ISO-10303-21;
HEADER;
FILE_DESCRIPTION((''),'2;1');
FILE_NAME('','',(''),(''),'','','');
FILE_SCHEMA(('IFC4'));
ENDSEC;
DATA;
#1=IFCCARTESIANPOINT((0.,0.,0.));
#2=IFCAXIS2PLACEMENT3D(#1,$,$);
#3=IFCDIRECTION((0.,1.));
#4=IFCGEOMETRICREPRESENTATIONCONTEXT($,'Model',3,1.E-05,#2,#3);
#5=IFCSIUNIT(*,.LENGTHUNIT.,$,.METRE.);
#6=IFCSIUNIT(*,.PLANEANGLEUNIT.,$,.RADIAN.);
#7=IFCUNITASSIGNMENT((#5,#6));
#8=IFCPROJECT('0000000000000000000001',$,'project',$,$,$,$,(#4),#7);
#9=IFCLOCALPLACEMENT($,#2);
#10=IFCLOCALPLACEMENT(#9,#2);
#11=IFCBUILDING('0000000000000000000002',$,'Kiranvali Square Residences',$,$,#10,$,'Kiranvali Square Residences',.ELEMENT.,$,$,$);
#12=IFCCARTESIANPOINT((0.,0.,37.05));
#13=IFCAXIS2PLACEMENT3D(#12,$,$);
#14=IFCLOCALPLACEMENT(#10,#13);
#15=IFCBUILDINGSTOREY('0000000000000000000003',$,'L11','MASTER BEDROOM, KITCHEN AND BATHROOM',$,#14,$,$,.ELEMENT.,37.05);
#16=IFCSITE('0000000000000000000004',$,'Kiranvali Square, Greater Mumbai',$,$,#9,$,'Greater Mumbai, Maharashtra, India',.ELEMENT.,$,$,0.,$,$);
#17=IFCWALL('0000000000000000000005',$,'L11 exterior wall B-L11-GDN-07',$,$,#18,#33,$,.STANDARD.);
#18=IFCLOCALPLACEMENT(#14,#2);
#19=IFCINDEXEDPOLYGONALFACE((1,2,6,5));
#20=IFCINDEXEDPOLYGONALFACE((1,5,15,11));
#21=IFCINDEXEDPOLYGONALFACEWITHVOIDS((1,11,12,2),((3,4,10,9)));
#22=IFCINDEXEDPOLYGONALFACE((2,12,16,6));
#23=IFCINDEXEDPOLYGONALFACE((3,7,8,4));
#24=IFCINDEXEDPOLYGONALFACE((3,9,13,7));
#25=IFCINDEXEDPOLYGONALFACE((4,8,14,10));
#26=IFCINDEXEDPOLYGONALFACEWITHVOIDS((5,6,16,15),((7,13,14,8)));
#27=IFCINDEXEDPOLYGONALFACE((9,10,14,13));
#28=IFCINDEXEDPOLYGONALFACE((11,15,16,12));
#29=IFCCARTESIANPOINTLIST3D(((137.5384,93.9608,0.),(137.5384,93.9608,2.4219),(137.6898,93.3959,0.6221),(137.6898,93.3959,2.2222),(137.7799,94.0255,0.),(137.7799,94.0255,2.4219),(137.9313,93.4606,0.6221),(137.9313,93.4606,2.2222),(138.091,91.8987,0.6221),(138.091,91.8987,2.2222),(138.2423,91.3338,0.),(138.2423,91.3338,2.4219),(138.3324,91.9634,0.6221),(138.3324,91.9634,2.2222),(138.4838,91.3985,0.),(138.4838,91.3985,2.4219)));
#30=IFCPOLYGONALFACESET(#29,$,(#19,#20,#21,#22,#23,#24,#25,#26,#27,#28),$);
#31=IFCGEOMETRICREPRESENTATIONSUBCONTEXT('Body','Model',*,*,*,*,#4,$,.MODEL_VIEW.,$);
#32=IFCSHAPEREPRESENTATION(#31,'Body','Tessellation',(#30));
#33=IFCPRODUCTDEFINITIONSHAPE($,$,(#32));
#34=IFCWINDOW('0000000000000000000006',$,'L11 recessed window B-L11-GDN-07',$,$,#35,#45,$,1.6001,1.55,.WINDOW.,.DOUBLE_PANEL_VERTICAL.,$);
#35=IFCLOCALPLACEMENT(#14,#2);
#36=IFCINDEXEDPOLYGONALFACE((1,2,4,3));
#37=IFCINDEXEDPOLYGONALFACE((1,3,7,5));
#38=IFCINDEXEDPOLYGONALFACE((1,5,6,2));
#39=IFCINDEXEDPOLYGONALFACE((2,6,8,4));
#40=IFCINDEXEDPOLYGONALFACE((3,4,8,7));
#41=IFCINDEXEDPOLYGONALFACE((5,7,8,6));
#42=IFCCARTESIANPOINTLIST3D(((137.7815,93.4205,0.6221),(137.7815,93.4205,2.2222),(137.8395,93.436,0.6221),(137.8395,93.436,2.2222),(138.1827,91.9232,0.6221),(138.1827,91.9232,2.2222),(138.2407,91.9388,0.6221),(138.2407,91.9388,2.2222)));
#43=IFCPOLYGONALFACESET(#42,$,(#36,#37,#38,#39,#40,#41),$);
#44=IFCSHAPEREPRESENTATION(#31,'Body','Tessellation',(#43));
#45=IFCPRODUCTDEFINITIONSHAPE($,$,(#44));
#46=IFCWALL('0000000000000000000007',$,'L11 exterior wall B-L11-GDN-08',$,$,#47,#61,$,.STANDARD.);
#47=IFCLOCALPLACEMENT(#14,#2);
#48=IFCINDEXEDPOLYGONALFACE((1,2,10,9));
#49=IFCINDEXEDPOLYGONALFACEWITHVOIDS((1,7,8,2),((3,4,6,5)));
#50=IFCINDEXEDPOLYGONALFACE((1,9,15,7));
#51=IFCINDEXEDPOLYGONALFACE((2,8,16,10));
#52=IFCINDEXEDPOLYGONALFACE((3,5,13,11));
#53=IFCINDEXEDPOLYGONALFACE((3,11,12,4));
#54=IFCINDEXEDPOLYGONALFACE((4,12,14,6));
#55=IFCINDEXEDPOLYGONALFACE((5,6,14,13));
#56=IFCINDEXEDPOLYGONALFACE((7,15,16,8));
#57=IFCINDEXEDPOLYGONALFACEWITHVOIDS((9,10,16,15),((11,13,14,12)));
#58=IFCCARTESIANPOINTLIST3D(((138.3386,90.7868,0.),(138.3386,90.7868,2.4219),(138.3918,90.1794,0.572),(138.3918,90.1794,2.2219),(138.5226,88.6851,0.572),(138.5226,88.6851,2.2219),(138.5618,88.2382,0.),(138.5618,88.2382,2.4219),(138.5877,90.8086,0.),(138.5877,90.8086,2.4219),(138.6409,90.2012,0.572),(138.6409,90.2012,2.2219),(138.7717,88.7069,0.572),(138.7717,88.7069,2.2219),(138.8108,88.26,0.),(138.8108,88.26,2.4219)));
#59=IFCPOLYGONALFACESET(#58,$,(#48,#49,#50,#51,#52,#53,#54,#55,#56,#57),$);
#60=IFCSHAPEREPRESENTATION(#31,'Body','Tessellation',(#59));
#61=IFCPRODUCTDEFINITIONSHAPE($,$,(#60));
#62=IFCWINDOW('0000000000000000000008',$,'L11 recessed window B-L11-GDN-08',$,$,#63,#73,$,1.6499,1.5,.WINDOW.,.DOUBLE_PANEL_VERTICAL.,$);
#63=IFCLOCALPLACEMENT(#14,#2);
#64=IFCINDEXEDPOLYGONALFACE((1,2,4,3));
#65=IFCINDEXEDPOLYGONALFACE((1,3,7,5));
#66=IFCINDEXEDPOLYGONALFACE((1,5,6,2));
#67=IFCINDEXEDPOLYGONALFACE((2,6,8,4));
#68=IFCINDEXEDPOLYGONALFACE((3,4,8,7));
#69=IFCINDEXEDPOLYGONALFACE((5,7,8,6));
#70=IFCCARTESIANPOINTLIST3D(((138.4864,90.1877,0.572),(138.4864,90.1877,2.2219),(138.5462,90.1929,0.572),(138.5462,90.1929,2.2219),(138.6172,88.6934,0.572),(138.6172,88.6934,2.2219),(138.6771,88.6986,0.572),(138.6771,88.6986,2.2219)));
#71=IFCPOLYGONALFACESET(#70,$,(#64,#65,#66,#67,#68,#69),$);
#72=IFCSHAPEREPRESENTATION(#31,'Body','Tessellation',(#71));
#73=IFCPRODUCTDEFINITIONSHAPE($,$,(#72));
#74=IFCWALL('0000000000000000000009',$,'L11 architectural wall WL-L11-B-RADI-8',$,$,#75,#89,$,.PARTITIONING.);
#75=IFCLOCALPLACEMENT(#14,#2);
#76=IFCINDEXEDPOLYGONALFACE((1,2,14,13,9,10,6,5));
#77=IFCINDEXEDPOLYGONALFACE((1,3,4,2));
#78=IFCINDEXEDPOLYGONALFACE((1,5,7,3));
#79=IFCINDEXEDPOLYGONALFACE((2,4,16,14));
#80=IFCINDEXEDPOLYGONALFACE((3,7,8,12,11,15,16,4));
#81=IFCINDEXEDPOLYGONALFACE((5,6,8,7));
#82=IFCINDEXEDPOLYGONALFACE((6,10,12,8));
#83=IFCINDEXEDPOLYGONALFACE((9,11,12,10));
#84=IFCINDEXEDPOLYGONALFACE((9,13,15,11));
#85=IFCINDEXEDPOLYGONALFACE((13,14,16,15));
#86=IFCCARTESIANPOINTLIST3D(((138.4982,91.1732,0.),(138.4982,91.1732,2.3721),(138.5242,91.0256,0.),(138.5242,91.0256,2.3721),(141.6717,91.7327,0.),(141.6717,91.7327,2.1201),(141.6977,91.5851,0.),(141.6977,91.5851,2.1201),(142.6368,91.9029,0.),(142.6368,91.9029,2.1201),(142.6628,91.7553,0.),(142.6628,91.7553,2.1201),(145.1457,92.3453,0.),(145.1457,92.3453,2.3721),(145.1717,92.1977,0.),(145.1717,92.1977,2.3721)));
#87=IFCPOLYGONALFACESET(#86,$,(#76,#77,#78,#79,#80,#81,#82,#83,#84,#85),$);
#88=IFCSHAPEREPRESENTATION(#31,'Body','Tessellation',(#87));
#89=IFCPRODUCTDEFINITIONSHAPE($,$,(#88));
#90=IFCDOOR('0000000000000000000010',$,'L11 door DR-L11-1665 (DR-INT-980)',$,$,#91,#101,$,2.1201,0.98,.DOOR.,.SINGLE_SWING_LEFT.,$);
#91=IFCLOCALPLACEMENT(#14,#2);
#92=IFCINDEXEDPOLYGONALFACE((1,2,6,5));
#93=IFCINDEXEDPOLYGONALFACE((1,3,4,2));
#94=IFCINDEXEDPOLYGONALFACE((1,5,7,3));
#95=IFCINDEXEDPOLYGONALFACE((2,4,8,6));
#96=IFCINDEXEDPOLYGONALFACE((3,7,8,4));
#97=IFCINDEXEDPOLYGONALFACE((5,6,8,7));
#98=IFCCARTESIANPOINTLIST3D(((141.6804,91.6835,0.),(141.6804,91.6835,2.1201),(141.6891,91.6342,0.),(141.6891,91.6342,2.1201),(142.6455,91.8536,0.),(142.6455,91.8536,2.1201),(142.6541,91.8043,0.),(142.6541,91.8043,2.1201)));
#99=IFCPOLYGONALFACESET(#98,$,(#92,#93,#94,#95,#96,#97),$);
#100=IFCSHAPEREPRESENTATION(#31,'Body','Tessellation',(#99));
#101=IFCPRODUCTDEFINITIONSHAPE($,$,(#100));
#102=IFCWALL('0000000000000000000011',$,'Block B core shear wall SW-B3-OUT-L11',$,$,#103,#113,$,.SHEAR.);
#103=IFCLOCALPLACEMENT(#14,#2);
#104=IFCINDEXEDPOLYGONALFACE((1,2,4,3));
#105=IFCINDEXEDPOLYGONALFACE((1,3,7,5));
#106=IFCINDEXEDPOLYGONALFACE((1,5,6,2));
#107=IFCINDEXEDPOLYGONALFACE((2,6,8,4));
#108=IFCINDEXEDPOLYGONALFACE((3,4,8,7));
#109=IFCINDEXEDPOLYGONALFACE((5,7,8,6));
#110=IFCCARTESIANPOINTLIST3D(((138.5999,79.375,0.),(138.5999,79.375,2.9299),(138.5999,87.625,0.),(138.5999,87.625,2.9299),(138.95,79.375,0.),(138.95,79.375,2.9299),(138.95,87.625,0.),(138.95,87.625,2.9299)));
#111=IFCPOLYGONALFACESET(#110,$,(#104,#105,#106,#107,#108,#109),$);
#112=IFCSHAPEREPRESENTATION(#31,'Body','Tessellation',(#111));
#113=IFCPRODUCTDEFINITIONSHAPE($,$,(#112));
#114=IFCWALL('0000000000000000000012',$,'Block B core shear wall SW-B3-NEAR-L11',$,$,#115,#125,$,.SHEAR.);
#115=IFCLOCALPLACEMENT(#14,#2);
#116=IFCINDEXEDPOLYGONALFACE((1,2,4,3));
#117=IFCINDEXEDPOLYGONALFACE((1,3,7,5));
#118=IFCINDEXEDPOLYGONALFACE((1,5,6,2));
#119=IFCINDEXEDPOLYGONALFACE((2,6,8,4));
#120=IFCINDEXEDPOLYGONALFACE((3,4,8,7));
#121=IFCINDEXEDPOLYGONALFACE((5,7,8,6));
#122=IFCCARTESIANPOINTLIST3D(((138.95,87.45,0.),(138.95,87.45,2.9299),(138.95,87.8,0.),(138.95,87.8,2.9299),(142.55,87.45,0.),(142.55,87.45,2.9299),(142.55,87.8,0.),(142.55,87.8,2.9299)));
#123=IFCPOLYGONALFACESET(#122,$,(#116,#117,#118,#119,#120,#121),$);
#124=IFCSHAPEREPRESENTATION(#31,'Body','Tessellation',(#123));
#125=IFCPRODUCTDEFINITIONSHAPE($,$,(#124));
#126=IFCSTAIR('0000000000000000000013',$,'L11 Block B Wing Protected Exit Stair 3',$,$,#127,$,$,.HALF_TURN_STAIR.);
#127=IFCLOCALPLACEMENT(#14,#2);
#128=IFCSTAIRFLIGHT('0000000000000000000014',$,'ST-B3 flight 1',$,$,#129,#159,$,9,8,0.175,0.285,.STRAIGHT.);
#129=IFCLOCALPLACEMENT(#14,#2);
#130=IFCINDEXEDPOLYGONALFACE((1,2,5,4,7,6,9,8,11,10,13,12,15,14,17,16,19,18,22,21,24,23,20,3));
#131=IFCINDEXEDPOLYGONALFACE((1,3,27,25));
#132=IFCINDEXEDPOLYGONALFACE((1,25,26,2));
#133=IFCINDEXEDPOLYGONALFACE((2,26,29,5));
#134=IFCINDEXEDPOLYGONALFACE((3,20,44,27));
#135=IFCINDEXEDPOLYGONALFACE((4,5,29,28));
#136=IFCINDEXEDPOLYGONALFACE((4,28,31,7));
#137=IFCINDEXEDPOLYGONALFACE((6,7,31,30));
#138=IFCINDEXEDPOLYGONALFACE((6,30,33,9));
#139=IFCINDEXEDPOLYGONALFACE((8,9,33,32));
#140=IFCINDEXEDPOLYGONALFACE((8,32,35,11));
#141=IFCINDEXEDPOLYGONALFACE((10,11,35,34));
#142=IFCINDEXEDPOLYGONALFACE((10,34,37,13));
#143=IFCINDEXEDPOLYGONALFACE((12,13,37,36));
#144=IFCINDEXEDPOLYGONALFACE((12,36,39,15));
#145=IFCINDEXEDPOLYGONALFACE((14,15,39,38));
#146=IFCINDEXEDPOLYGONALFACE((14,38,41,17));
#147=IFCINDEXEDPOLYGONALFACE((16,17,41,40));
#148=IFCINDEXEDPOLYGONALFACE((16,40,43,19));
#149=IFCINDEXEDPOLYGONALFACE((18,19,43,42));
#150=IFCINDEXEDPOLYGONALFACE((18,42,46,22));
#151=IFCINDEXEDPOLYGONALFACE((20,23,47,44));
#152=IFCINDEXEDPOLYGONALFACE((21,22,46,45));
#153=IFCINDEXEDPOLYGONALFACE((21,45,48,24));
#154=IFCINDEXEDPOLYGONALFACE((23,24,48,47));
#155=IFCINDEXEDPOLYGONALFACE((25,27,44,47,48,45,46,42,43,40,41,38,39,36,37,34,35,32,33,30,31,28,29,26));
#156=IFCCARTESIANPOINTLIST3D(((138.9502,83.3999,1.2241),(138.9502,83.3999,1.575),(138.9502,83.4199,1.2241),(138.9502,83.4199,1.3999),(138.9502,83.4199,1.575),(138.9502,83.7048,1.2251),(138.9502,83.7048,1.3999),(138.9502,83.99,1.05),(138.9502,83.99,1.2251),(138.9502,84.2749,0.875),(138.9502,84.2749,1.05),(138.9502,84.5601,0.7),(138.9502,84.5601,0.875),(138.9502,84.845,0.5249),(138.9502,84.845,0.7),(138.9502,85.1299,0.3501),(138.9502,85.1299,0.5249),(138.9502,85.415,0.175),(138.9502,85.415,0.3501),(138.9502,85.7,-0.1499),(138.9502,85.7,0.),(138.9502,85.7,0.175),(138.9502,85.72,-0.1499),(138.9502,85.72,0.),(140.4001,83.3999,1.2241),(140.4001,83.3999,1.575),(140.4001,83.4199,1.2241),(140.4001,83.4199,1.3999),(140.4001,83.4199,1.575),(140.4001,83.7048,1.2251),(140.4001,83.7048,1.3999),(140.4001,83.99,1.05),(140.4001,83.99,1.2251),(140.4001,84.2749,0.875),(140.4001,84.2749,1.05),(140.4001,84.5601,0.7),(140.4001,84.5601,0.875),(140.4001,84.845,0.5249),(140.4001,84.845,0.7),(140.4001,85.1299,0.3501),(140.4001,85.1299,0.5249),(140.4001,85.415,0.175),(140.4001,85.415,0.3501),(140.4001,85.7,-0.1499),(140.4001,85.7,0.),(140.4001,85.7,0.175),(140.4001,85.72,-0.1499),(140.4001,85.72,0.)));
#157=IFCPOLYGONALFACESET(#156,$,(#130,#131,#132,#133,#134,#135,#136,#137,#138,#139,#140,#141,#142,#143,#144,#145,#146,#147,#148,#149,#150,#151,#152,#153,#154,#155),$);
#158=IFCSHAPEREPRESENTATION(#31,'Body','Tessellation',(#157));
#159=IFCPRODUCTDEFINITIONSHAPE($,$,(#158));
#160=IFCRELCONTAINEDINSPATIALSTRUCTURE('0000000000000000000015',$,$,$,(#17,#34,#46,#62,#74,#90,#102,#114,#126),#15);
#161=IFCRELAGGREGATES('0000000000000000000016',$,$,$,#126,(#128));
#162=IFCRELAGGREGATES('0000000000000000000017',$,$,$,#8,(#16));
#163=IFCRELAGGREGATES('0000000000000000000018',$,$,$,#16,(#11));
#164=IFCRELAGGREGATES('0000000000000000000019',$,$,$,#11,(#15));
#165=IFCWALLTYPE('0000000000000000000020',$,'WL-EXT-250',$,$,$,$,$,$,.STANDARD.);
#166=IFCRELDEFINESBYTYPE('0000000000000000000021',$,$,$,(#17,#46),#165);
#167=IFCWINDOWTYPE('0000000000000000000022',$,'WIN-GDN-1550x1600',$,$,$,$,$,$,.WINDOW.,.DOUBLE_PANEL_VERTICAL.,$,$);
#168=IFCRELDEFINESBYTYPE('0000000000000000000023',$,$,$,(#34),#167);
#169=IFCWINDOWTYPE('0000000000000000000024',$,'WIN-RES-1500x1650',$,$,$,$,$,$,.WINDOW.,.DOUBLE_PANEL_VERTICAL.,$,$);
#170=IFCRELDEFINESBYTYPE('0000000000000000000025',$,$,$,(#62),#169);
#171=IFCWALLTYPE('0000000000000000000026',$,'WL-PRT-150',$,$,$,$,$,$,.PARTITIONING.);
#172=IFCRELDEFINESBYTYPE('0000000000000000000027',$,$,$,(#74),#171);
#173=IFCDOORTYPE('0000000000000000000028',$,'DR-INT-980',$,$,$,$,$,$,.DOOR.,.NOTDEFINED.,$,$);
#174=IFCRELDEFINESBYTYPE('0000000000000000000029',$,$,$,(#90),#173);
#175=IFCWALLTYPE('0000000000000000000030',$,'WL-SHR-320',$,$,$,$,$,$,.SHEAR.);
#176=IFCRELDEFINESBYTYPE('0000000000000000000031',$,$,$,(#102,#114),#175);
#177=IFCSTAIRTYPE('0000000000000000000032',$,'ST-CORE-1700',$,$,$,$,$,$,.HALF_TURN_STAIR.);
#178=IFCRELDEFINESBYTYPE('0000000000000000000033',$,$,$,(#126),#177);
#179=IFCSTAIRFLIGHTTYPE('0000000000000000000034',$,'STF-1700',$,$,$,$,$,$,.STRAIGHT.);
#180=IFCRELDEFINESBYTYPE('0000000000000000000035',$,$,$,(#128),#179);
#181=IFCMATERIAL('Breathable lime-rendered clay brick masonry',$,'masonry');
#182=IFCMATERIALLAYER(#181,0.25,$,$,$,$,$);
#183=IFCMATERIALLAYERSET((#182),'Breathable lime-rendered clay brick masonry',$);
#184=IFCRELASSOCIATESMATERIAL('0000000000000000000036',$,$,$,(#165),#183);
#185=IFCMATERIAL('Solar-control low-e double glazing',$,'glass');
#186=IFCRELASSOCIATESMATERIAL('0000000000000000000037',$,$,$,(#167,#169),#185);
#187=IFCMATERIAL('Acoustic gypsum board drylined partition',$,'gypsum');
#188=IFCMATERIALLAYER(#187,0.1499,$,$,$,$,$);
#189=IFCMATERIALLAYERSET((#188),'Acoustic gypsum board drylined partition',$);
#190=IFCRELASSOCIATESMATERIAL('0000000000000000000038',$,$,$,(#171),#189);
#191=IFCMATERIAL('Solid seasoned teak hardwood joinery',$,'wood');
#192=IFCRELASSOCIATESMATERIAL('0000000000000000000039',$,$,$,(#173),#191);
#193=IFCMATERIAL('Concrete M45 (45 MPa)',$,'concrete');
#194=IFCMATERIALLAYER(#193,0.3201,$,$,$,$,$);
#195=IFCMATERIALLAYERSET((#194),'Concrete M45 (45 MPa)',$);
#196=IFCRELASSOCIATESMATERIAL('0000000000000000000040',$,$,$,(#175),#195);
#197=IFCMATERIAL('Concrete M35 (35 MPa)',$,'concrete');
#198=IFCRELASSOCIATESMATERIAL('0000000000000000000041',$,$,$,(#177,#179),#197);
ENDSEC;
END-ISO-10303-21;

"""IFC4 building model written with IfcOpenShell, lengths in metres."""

from ifc_helpers import new_model, si_unit, direction, frame, frame_2d, origin, place, context, subcontext, project, spatial, polyline, rectangle, outline, extrude, material, layer, layer_set, type_object, element, fill, aggregate, save


model = new_model("IFC4")

# Units and contexts
model_context = context("Model", 3, precision=1e-05, world=origin(), true_north=direction((0.0, 1.0)))
body_context = subcontext(model_context, "Body", "Model", "MODEL_VIEW")
ifc_project = project(units=[si_unit("LENGTHUNIT", "METRE"), si_unit("PLANEANGLEUNIT", "RADIAN")], contexts=[model_context])

# Site, building, storey
site_placement = place(None, origin())
site = spatial("IfcSite", under=ifc_project, at=site_placement, Name="Kiranvali Square, Greater Mumbai", LongName="Greater Mumbai, Maharashtra, India", CompositionType="ELEMENT", RefElevation=0.0)
building_placement = place(site_placement, origin())
building = spatial("IfcBuilding", under=site, at=building_placement, Name="Kiranvali Square Residences", LongName="Kiranvali Square Residences", CompositionType="ELEMENT")
storey_placement = place(building_placement, frame((0.0, 0.0, 37.05)))
storey = spatial("IfcBuildingStorey", under=building, at=storey_placement, Name="L11", Description="MASTER BEDROOM, KITCHEN AND BATHROOM", CompositionType="ELEMENT", Elevation=37.05)

# Walls, openings, windows
ifc_material_1 = material(Name="Breathable lime-rendered clay brick masonry", Category="masonry")
ifc_layer_1 = layer(ifc_material_1, 0.25)
ifc_layer_set_1 = layer_set([ifc_layer_1], Name="Breathable lime-rendered clay brick masonry")
wall_type_1 = type_object("IfcWallType", Name="WL-EXT-250", PredefinedType="STANDARD", material=ifc_layer_set_1)
wall_1_placement = place(storey_placement, frame((137.6592, 93.9932, 0.0), z_axis=(0.0, 0.0, 1.0), x_axis=(0.258808, -0.965929, 0.0)))
wall_1 = element("IfcWall", 1, at=wall_1_placement, inside=storey, type_object=wall_type_1, Name="L11 exterior wall B-L11-GDN-07", PredefinedType="STANDARD", context=body_context, shape_type="SweptSolid", body=[
    extrude(rectangle(XDim=2.7197, YDim=0.25, at=frame_2d((1.3599, 0.0))), origin(), (0.0, 0.0, 1.0), 2.4219),
])
opening_1_placement = place(wall_1_placement, frame((0.585, 0.0, 0.6221)))
opening_1 = element("IfcOpeningElement", 2, at=opening_1_placement, cuts=wall_1, PredefinedType="OPENING", context=body_context, shape_type="SweptSolid", body=[
    extrude(rectangle(XDim=1.55, YDim=1.6001, at=frame_2d((0.7749, 0.8))), frame((0.0, 0.135, 0.0), z_axis=(0.0, -1.0, 0.0), x_axis=(1.0, 0.0, 0.0)), (0.0, 0.0, 1.0), 0.27),
])
ifc_material_2 = material(Name="Solar-control low-e double glazing", Category="glass")
window_type_1 = type_object("IfcWindowType", Name="WIN-GDN-1550x1600", PartitioningType="DOUBLE_PANEL_VERTICAL", PredefinedType="WINDOW", material=ifc_material_2)
window_1_placement = place(opening_1_placement, origin())
window_1 = element("IfcWindow", 3, at=window_1_placement, inside=storey, type_object=window_type_1, Name="L11 recessed window B-L11-GDN-07", OverallHeight=1.6001, OverallWidth=1.55, PartitioningType="DOUBLE_PANEL_VERTICAL", PredefinedType="WINDOW", context=body_context, shape_type="SweptSolid", body=[
    extrude(rectangle(XDim=1.55, YDim=1.6001, at=frame_2d((0.7749, 0.8))), frame((0.0, 0.03, 0.0), z_axis=(0.0, -1.0, 0.0), x_axis=(1.0, 0.0, 0.0)), (0.0, 0.0, 1.0), 0.0601),
])
fill(opening_1, window_1)
wall_2_placement = place(storey_placement, frame((138.4631, 90.7979, 0.0), z_axis=(0.0, 0.0, 1.0), x_axis=(0.087223, -0.996189, 0.0)))
wall_2 = element("IfcWall", 4, at=wall_2_placement, inside=storey, type_object=wall_type_1, Name="L11 exterior wall B-L11-GDN-08", PredefinedType="STANDARD", context=body_context, shape_type="SweptSolid", body=[
    extrude(rectangle(XDim=2.5583, YDim=0.25, at=frame_2d((1.2793, 0.0))), origin(), (0.0, 0.0, 1.0), 2.4219),
])
opening_2_placement = place(wall_2_placement, frame((0.6099, 0.0, 0.572)))
opening_2 = element("IfcOpeningElement", 5, at=opening_2_placement, cuts=wall_2, PredefinedType="OPENING", context=body_context, shape_type="SweptSolid", body=[
    extrude(rectangle(XDim=1.5, YDim=1.6499, at=frame_2d((0.75, 0.825))), frame((0.0, 0.135, 0.0), z_axis=(0.0, -1.0, 0.0), x_axis=(1.0, 0.0, 0.0)), (0.0, 0.0, 1.0), 0.27),
])
window_type_2 = type_object("IfcWindowType", Name="WIN-RES-1500x1650", PartitioningType="DOUBLE_PANEL_VERTICAL", PredefinedType="WINDOW", material=ifc_material_2)
window_2_placement = place(opening_2_placement, origin())
window_2 = element("IfcWindow", 6, at=window_2_placement, inside=storey, type_object=window_type_2, Name="L11 recessed window B-L11-GDN-08", OverallHeight=1.6499, OverallWidth=1.5, PartitioningType="DOUBLE_PANEL_VERTICAL", PredefinedType="WINDOW", context=body_context, shape_type="SweptSolid", body=[
    extrude(rectangle(XDim=1.5, YDim=1.6499, at=frame_2d((0.75, 0.825))), frame((0.0, 0.03, 0.0), z_axis=(0.0, -1.0, 0.0), x_axis=(1.0, 0.0, 0.0)), (0.0, 0.0, 1.0), 0.0601),
])
fill(opening_2, window_2)

# Wall, opening, door
ifc_material_3 = material(Name="Acoustic gypsum board drylined partition", Category="gypsum")
ifc_layer_2 = layer(ifc_material_3, 0.1499)
ifc_layer_set_2 = layer_set([ifc_layer_2], Name="Acoustic gypsum board drylined partition")
wall_type_2 = type_object("IfcWallType", Name="WL-PRT-150", PredefinedType="PARTITIONING", material=ifc_layer_set_2)
wall_3_placement = place(storey_placement, frame((138.5112, 91.0994, 0.0), z_axis=(0.0, 0.0, 1.0), x_axis=(0.984808, 0.173647, 0.0)))
wall_3 = element("IfcWall", 7, at=wall_3_placement, inside=storey, type_object=wall_type_2, Name="L11 architectural wall WL-L11-B-RADI-8", PredefinedType="PARTITIONING", context=body_context, shape_type="SweptSolid", body=[
    extrude(rectangle(XDim=6.75, YDim=0.1499, at=frame_2d((3.375, 0.0))), origin(), (0.0, 0.0, 1.0), 2.3721),
])
opening_3_placement = place(wall_3_placement, frame((3.2224, 0.0, 0.0)))
opening_3 = element("IfcOpeningElement", 8, at=opening_3_placement, cuts=wall_3, PredefinedType="OPENING", context=body_context, shape_type="SweptSolid", body=[
    extrude(rectangle(XDim=0.98, YDim=2.1201, at=frame_2d((0.49, 1.0601))), frame((0.0, 0.085, 0.0), z_axis=(0.0, -1.0, 0.0), x_axis=(1.0, 0.0, 0.0)), (0.0, 0.0, 1.0), 0.1699),
])
ifc_material_4 = material(Name="Solid seasoned teak hardwood joinery", Category="wood")
door_type_1 = type_object("IfcDoorType", Name="DR-INT-980", OperationType="NOTDEFINED", PredefinedType="DOOR", material=ifc_material_4)
door_1_placement = place(opening_3_placement, origin())
door_1 = element("IfcDoor", 9, at=door_1_placement, inside=storey, type_object=door_type_1, Name="L11 door DR-L11-1665 (DR-INT-980)", OperationType="SINGLE_SWING_LEFT", OverallHeight=2.1201, OverallWidth=0.98, PredefinedType="DOOR", context=body_context, shape_type="SweptSolid", body=[
    extrude(rectangle(XDim=0.98, YDim=2.1201, at=frame_2d((0.49, 1.0601))), frame((0.0, 0.0249, 0.0), z_axis=(0.0, -1.0, 0.0), x_axis=(1.0, 0.0, 0.0)), (0.0, 0.0, 1.0), 0.05),
])
fill(opening_3, door_1)

# Wall
ifc_material_5 = material(Name="Concrete M45 (45 MPa)", Category="concrete")
ifc_layer_3 = layer(ifc_material_5, 0.3201)
ifc_layer_set_3 = layer_set([ifc_layer_3], Name="Concrete M45 (45 MPa)")
wall_type_3 = type_object("IfcWallType", Name="WL-SHR-320", PredefinedType="SHEAR", material=ifc_layer_set_3)
wall_4_placement = place(storey_placement, frame((138.7749, 87.625, 0.0), z_axis=(0.0, 0.0, 1.0), x_axis=(0.0, -1.0, 0.0)))
element("IfcWall", 10, at=wall_4_placement, inside=storey, type_object=wall_type_3, Name="Block B core shear wall SW-B3-OUT-L11", PredefinedType="SHEAR", context=body_context, shape_type="SweptSolid", body=[
    extrude(rectangle(XDim=8.25, YDim=0.3501, at=frame_2d((4.125, 0.0))), origin(), (0.0, 0.0, 1.0), 2.9299),
])

# Wall
wall_5_placement = place(storey_placement, frame((138.95, 87.625, 0.0), z_axis=(0.0, 0.0, 1.0), x_axis=(1.0, 0.0, 0.0)))
element("IfcWall", 11, at=wall_5_placement, inside=storey, type_object=wall_type_3, Name="Block B core shear wall SW-B3-NEAR-L11", PredefinedType="SHEAR", context=body_context, shape_type="SweptSolid", body=[
    extrude(rectangle(XDim=3.6001, YDim=0.3501, at=frame_2d((1.8, 0.0))), origin(), (0.0, 0.0, 1.0), 2.9299),
])

# Stair, stair flight
ifc_material_6 = material(Name="Concrete M35 (35 MPa)", Category="concrete")
stair_type = type_object("IfcStairType", Name="ST-CORE-1700", PredefinedType="HALF_TURN_STAIR", material=ifc_material_6)
stair_placement = place(storey_placement, origin())
stair = element("IfcStair", 12, at=stair_placement, inside=storey, type_object=stair_type, Name="L11 Block B Wing Protected Exit Stair 3", PredefinedType="HALF_TURN_STAIR")
stair_flight_type = type_object("IfcStairFlightType", Name="STF-1700", PredefinedType="STRAIGHT", material=ifc_material_6)
stair_flight_placement = place(storey_placement, frame((139.675, 85.7, 0.0), z_axis=(0.0, 0.0, 1.0), x_axis=(0.0, -1.0, 0.0)))
stair_flight = element("IfcStairFlight", 13, at=stair_flight_placement, type_object=stair_flight_type, Name="ST-B3 flight 1", NumberOfRisers=9, NumberOfTreads=8, PredefinedType="STRAIGHT", RiserHeight=0.175, TreadLength=0.285, context=body_context, shape_type="SweptSolid", body=[
    extrude(outline(polyline([(-0.02, -0.1499), (-0.02, 0.0), (0.0, 0.0), (0.0, 0.175), (0.2849, 0.175), (0.2849, 0.3501), (0.5701, 0.3501), (0.5701, 0.5249), (0.855, 0.5249), (0.855, 0.7), (1.1399, 0.7), (1.1399, 0.875), (1.425, 0.875), (1.425, 1.05), (1.71, 1.05), (1.71, 1.2251), (1.9951, 1.2251), (1.9951, 1.3999), (2.28, 1.3999), (2.28, 1.575), (2.3, 1.575), (2.3, 1.2241), (2.28, 1.2241), (0.0, -0.1499), (-0.02, -0.1499)])), frame((0.0, 0.7251, 0.0), z_axis=(0.0, -1.0, 0.0), x_axis=(1.0, 0.0, 0.0)), (0.0, 0.0, 1.0), 1.45),
])
aggregate(stair, [stair_flight])

save(model, "model.ifc")
